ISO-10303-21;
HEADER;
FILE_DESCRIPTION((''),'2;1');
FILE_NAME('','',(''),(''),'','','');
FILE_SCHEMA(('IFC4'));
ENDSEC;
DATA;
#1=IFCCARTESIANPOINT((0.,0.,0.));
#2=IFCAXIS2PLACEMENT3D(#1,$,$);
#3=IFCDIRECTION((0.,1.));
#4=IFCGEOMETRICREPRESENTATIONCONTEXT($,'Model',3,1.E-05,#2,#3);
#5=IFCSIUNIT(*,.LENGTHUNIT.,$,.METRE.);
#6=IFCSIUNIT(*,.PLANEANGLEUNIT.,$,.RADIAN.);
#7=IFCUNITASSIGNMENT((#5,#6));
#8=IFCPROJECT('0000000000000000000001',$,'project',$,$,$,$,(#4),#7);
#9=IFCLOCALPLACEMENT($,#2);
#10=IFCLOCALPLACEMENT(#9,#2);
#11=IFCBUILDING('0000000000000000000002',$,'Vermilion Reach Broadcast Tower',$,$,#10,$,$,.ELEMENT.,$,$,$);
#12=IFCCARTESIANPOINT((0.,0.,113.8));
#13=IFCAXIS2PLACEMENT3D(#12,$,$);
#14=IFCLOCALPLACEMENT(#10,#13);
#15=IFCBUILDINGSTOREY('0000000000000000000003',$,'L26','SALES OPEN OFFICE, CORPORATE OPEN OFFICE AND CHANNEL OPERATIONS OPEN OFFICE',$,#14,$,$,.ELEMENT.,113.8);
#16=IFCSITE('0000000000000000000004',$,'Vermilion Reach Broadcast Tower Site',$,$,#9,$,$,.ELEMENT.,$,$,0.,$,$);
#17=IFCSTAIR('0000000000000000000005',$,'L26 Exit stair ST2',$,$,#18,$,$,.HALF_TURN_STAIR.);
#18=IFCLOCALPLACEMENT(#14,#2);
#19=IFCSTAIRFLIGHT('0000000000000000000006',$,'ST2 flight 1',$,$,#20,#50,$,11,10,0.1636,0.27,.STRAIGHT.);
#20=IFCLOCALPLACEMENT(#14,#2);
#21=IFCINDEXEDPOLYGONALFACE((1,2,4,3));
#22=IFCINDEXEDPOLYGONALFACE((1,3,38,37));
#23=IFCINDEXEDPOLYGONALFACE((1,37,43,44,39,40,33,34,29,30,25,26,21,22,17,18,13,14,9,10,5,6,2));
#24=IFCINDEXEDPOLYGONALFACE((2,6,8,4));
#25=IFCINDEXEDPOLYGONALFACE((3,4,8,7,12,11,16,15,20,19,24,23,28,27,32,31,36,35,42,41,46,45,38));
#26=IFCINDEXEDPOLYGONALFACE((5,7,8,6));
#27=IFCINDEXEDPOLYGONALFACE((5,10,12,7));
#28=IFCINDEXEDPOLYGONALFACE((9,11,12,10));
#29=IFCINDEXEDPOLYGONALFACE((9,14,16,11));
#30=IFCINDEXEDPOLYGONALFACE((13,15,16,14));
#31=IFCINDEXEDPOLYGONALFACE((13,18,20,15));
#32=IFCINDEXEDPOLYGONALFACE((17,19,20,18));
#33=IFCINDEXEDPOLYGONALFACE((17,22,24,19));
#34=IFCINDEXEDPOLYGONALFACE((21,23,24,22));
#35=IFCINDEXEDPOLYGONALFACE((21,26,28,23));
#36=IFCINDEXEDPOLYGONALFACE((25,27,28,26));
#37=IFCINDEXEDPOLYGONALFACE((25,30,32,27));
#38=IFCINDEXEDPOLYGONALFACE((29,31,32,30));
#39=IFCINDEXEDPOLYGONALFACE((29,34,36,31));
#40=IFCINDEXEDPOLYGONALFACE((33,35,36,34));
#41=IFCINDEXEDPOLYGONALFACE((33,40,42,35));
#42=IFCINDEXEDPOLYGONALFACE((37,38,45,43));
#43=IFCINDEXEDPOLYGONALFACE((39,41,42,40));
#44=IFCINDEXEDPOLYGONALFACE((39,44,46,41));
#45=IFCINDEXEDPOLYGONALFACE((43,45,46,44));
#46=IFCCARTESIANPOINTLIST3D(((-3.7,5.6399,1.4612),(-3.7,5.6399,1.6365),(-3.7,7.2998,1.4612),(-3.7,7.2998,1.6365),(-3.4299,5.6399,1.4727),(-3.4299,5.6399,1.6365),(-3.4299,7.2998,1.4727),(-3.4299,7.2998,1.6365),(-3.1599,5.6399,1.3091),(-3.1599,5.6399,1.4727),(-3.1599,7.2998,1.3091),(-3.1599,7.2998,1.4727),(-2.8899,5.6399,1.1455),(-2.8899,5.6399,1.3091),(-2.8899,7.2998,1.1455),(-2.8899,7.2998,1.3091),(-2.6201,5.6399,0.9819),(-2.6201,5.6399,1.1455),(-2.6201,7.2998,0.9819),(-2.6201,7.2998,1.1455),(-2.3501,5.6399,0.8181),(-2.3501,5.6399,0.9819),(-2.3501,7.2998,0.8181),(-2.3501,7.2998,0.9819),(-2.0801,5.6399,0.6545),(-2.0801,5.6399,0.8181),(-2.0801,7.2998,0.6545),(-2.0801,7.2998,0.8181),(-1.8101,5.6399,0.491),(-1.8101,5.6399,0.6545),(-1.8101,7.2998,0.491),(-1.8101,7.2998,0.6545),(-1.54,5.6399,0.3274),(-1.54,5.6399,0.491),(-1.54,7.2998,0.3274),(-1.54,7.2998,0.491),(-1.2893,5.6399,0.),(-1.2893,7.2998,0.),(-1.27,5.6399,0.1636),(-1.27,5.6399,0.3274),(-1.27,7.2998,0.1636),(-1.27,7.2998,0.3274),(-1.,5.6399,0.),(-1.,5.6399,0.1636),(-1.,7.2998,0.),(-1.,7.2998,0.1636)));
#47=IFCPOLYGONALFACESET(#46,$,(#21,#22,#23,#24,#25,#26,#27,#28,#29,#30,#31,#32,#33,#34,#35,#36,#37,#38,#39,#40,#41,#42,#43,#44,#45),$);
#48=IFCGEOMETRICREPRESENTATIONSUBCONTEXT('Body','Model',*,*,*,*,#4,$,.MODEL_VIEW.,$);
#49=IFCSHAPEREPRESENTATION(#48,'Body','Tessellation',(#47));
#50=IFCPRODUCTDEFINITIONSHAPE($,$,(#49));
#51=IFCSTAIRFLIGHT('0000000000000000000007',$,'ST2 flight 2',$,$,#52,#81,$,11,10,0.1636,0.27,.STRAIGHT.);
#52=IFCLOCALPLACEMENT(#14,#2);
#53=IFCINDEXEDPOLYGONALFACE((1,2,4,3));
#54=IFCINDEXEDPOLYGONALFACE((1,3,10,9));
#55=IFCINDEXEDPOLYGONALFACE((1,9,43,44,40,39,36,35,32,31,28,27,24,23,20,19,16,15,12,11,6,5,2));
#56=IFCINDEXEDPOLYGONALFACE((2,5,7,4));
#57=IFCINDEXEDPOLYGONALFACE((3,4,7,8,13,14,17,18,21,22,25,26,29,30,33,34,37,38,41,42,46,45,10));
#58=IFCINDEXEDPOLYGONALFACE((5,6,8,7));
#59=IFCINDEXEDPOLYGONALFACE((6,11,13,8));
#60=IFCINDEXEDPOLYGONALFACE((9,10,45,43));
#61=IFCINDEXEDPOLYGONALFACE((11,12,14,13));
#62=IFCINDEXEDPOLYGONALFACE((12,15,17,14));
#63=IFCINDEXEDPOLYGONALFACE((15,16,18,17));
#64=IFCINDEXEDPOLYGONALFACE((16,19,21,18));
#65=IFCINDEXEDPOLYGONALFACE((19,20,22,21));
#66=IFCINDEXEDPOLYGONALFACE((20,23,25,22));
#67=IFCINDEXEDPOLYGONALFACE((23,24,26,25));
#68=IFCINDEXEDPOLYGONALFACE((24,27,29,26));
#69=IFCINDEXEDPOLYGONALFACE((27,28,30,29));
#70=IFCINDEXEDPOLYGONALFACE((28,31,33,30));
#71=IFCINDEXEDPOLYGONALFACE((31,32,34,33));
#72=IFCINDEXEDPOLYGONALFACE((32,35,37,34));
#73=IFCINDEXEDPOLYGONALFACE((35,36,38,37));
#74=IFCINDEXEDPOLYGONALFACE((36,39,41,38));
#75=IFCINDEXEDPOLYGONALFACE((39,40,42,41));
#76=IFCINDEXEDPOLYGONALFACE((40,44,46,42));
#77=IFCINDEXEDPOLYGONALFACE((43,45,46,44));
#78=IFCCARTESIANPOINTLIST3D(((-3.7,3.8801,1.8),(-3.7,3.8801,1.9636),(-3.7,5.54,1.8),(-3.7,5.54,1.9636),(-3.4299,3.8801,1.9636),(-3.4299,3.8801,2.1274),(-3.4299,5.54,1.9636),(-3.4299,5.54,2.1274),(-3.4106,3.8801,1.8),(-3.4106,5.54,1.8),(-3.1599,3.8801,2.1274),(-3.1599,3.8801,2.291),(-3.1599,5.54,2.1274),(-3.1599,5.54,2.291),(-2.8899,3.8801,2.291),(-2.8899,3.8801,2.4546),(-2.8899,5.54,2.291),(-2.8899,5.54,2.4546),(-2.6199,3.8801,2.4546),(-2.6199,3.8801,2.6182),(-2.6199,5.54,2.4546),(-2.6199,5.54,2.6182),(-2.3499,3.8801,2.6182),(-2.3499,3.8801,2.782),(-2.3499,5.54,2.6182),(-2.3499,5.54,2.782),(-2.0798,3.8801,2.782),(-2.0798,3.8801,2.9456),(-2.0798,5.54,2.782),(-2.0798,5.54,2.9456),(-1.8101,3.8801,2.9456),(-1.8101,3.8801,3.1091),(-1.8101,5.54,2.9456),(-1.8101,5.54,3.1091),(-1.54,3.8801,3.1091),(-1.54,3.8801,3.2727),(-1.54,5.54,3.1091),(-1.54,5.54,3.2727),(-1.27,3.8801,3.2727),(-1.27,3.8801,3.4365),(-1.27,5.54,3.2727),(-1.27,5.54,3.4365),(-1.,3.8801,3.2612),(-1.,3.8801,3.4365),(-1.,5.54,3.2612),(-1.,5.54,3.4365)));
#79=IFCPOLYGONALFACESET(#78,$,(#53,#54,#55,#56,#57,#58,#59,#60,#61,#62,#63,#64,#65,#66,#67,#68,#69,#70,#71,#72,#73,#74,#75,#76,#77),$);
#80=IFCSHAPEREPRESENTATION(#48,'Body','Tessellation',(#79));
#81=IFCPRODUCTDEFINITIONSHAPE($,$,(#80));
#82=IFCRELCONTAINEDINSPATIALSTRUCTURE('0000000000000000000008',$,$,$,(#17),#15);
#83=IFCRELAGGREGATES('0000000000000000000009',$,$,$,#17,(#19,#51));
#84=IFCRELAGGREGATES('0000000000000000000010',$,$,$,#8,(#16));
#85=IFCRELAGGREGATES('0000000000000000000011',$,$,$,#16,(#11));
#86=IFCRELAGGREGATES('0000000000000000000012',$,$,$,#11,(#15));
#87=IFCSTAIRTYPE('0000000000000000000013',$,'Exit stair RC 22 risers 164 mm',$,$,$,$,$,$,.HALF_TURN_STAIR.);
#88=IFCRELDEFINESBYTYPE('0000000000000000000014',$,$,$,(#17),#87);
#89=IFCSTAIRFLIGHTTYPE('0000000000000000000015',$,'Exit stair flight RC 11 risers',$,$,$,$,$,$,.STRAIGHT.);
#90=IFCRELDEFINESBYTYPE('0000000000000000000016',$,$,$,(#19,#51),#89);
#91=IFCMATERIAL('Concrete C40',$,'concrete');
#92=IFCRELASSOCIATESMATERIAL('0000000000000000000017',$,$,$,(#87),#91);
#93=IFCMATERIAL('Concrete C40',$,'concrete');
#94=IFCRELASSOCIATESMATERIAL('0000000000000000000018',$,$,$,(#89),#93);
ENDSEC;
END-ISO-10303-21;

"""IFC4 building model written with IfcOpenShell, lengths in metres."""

from ifc_helpers import new_model, si_unit, direction, frame, origin, place, context, subcontext, project, spatial, polyline, outline, extrude, material, type_object, element, aggregate, save


model = new_model("IFC4")

# Units and contexts
model_context = context("Model", 3, precision=1e-05, world=origin(), true_north=direction((0.0, 1.0)))
body_context = subcontext(model_context, "Body", "Model", "MODEL_VIEW")
ifc_project = project(units=[si_unit("LENGTHUNIT", "METRE"), si_unit("PLANEANGLEUNIT", "RADIAN")], contexts=[model_context])

# Site, building, storey
site_placement = place(None, origin())
site = spatial("IfcSite", under=ifc_project, at=site_placement, Name="Vermilion Reach Broadcast Tower Site", CompositionType="ELEMENT", RefElevation=0.0)
building_placement = place(site_placement, origin())
building = spatial("IfcBuilding", under=site, at=building_placement, Name="Vermilion Reach Broadcast Tower", CompositionType="ELEMENT")
storey_placement = place(building_placement, frame((0.0, 0.0, 113.8)))
storey = spatial("IfcBuildingStorey", under=building, at=storey_placement, Name="L26", Description="SALES OPEN OFFICE, CORPORATE OPEN OFFICE AND CHANNEL OPERATIONS OPEN OFFICE", CompositionType="ELEMENT", Elevation=113.8)

# Stair
ifc_material_1 = material(Name="Concrete C40", Category="concrete")
stair_type = type_object("IfcStairType", Name="Exit stair RC 22 risers 164 mm", PredefinedType="HALF_TURN_STAIR", material=ifc_material_1)
placement_1 = place(storey_placement, origin())
stair_1 = element("IfcStair", 1, at=placement_1, inside=storey, type_object=stair_type, Name="L26 Exit stair ST2", PredefinedType="HALF_TURN_STAIR")

# Stair flights
ifc_material_2 = material(Name="Concrete C40", Category="concrete")
stair_flight_type = type_object("IfcStairFlightType", Name="Exit stair flight RC 11 risers", PredefinedType="STRAIGHT", material=ifc_material_2)
stair_flight_1_placement = place(storey_placement, frame((-1.0, 6.47, 0.0), z_axis=(0.0, 0.0, 1.0), x_axis=(-1.0, 0.0, 0.0)))
stair_flight_1 = element("IfcStairFlight", 2, at=stair_flight_1_placement, type_object=stair_flight_type, Name="ST2 flight 1", NumberOfRisers=11, NumberOfTreads=10, PredefinedType="STRAIGHT", RiserHeight=0.1636, TreadLength=0.27, context=body_context, shape_type="SweptSolid", body=[
    extrude(outline(polyline([(0.0, 0.0), (0.0, 0.1636), (0.27, 0.1636), (0.27, 0.3274), (0.54, 0.3274), (0.54, 0.491), (0.8101, 0.491), (0.8101, 0.6545), (1.0801, 0.6545), (1.0801, 0.8181), (1.3501, 0.8181), (1.3501, 0.9819), (1.6201, 0.9819), (1.6201, 1.1455), (1.8899, 1.1455), (1.8899, 1.3091), (2.1599, 1.3091), (2.1599, 1.4727), (2.4299, 1.4727), (2.4299, 1.6365), (2.7, 1.6365), (2.7, 1.8), (2.7, 1.4612), (0.2893, 0.0), (0.0, 0.0)])), frame((0.0, 0.8301, 0.0), z_axis=(0.0, -1.0, 0.0), x_axis=(1.0, 0.0, 0.0)), (0.0, 0.0, 1.0), 1.6599),
])
stair_flight_2_placement = place(storey_placement, frame((-3.7, 4.71, 1.8), z_axis=(0.0, 0.0, 1.0), x_axis=(1.0, 0.0, 0.0)))
stair_flight_2 = element("IfcStairFlight", 3, at=stair_flight_2_placement, type_object=stair_flight_type, Name="ST2 flight 2", NumberOfRisers=11, NumberOfTreads=10, PredefinedType="STRAIGHT", RiserHeight=0.1636, TreadLength=0.27, context=body_context, shape_type="SweptSolid", body=[
    extrude(outline(polyline([(0.0, 0.0), (0.0, 0.1636), (0.27, 0.1636), (0.27, 0.3274), (0.54, 0.3274), (0.54, 0.491), (0.8101, 0.491), (0.8101, 0.6545), (1.0801, 0.6545), (1.0801, 0.8181), (1.3501, 0.8181), (1.3501, 0.9819), (1.6201, 0.9819), (1.6201, 1.1455), (1.8899, 1.1455), (1.8899, 1.3091), (2.1599, 1.3091), (2.1599, 1.4727), (2.4299, 1.4727), (2.4299, 1.6365), (2.7, 1.6365), (2.7, 1.8), (2.7, 1.4612), (0.2893, 0.0), (0.0, 0.0)])), frame((0.0, 0.8301, 0.0), z_axis=(0.0, -1.0, 0.0), x_axis=(1.0, 0.0, 0.0)), (0.0, 0.0, 1.0), 1.6599),
])
aggregate(stair_1, [stair_flight_1, stair_flight_2])

save(model, "model.ifc")
